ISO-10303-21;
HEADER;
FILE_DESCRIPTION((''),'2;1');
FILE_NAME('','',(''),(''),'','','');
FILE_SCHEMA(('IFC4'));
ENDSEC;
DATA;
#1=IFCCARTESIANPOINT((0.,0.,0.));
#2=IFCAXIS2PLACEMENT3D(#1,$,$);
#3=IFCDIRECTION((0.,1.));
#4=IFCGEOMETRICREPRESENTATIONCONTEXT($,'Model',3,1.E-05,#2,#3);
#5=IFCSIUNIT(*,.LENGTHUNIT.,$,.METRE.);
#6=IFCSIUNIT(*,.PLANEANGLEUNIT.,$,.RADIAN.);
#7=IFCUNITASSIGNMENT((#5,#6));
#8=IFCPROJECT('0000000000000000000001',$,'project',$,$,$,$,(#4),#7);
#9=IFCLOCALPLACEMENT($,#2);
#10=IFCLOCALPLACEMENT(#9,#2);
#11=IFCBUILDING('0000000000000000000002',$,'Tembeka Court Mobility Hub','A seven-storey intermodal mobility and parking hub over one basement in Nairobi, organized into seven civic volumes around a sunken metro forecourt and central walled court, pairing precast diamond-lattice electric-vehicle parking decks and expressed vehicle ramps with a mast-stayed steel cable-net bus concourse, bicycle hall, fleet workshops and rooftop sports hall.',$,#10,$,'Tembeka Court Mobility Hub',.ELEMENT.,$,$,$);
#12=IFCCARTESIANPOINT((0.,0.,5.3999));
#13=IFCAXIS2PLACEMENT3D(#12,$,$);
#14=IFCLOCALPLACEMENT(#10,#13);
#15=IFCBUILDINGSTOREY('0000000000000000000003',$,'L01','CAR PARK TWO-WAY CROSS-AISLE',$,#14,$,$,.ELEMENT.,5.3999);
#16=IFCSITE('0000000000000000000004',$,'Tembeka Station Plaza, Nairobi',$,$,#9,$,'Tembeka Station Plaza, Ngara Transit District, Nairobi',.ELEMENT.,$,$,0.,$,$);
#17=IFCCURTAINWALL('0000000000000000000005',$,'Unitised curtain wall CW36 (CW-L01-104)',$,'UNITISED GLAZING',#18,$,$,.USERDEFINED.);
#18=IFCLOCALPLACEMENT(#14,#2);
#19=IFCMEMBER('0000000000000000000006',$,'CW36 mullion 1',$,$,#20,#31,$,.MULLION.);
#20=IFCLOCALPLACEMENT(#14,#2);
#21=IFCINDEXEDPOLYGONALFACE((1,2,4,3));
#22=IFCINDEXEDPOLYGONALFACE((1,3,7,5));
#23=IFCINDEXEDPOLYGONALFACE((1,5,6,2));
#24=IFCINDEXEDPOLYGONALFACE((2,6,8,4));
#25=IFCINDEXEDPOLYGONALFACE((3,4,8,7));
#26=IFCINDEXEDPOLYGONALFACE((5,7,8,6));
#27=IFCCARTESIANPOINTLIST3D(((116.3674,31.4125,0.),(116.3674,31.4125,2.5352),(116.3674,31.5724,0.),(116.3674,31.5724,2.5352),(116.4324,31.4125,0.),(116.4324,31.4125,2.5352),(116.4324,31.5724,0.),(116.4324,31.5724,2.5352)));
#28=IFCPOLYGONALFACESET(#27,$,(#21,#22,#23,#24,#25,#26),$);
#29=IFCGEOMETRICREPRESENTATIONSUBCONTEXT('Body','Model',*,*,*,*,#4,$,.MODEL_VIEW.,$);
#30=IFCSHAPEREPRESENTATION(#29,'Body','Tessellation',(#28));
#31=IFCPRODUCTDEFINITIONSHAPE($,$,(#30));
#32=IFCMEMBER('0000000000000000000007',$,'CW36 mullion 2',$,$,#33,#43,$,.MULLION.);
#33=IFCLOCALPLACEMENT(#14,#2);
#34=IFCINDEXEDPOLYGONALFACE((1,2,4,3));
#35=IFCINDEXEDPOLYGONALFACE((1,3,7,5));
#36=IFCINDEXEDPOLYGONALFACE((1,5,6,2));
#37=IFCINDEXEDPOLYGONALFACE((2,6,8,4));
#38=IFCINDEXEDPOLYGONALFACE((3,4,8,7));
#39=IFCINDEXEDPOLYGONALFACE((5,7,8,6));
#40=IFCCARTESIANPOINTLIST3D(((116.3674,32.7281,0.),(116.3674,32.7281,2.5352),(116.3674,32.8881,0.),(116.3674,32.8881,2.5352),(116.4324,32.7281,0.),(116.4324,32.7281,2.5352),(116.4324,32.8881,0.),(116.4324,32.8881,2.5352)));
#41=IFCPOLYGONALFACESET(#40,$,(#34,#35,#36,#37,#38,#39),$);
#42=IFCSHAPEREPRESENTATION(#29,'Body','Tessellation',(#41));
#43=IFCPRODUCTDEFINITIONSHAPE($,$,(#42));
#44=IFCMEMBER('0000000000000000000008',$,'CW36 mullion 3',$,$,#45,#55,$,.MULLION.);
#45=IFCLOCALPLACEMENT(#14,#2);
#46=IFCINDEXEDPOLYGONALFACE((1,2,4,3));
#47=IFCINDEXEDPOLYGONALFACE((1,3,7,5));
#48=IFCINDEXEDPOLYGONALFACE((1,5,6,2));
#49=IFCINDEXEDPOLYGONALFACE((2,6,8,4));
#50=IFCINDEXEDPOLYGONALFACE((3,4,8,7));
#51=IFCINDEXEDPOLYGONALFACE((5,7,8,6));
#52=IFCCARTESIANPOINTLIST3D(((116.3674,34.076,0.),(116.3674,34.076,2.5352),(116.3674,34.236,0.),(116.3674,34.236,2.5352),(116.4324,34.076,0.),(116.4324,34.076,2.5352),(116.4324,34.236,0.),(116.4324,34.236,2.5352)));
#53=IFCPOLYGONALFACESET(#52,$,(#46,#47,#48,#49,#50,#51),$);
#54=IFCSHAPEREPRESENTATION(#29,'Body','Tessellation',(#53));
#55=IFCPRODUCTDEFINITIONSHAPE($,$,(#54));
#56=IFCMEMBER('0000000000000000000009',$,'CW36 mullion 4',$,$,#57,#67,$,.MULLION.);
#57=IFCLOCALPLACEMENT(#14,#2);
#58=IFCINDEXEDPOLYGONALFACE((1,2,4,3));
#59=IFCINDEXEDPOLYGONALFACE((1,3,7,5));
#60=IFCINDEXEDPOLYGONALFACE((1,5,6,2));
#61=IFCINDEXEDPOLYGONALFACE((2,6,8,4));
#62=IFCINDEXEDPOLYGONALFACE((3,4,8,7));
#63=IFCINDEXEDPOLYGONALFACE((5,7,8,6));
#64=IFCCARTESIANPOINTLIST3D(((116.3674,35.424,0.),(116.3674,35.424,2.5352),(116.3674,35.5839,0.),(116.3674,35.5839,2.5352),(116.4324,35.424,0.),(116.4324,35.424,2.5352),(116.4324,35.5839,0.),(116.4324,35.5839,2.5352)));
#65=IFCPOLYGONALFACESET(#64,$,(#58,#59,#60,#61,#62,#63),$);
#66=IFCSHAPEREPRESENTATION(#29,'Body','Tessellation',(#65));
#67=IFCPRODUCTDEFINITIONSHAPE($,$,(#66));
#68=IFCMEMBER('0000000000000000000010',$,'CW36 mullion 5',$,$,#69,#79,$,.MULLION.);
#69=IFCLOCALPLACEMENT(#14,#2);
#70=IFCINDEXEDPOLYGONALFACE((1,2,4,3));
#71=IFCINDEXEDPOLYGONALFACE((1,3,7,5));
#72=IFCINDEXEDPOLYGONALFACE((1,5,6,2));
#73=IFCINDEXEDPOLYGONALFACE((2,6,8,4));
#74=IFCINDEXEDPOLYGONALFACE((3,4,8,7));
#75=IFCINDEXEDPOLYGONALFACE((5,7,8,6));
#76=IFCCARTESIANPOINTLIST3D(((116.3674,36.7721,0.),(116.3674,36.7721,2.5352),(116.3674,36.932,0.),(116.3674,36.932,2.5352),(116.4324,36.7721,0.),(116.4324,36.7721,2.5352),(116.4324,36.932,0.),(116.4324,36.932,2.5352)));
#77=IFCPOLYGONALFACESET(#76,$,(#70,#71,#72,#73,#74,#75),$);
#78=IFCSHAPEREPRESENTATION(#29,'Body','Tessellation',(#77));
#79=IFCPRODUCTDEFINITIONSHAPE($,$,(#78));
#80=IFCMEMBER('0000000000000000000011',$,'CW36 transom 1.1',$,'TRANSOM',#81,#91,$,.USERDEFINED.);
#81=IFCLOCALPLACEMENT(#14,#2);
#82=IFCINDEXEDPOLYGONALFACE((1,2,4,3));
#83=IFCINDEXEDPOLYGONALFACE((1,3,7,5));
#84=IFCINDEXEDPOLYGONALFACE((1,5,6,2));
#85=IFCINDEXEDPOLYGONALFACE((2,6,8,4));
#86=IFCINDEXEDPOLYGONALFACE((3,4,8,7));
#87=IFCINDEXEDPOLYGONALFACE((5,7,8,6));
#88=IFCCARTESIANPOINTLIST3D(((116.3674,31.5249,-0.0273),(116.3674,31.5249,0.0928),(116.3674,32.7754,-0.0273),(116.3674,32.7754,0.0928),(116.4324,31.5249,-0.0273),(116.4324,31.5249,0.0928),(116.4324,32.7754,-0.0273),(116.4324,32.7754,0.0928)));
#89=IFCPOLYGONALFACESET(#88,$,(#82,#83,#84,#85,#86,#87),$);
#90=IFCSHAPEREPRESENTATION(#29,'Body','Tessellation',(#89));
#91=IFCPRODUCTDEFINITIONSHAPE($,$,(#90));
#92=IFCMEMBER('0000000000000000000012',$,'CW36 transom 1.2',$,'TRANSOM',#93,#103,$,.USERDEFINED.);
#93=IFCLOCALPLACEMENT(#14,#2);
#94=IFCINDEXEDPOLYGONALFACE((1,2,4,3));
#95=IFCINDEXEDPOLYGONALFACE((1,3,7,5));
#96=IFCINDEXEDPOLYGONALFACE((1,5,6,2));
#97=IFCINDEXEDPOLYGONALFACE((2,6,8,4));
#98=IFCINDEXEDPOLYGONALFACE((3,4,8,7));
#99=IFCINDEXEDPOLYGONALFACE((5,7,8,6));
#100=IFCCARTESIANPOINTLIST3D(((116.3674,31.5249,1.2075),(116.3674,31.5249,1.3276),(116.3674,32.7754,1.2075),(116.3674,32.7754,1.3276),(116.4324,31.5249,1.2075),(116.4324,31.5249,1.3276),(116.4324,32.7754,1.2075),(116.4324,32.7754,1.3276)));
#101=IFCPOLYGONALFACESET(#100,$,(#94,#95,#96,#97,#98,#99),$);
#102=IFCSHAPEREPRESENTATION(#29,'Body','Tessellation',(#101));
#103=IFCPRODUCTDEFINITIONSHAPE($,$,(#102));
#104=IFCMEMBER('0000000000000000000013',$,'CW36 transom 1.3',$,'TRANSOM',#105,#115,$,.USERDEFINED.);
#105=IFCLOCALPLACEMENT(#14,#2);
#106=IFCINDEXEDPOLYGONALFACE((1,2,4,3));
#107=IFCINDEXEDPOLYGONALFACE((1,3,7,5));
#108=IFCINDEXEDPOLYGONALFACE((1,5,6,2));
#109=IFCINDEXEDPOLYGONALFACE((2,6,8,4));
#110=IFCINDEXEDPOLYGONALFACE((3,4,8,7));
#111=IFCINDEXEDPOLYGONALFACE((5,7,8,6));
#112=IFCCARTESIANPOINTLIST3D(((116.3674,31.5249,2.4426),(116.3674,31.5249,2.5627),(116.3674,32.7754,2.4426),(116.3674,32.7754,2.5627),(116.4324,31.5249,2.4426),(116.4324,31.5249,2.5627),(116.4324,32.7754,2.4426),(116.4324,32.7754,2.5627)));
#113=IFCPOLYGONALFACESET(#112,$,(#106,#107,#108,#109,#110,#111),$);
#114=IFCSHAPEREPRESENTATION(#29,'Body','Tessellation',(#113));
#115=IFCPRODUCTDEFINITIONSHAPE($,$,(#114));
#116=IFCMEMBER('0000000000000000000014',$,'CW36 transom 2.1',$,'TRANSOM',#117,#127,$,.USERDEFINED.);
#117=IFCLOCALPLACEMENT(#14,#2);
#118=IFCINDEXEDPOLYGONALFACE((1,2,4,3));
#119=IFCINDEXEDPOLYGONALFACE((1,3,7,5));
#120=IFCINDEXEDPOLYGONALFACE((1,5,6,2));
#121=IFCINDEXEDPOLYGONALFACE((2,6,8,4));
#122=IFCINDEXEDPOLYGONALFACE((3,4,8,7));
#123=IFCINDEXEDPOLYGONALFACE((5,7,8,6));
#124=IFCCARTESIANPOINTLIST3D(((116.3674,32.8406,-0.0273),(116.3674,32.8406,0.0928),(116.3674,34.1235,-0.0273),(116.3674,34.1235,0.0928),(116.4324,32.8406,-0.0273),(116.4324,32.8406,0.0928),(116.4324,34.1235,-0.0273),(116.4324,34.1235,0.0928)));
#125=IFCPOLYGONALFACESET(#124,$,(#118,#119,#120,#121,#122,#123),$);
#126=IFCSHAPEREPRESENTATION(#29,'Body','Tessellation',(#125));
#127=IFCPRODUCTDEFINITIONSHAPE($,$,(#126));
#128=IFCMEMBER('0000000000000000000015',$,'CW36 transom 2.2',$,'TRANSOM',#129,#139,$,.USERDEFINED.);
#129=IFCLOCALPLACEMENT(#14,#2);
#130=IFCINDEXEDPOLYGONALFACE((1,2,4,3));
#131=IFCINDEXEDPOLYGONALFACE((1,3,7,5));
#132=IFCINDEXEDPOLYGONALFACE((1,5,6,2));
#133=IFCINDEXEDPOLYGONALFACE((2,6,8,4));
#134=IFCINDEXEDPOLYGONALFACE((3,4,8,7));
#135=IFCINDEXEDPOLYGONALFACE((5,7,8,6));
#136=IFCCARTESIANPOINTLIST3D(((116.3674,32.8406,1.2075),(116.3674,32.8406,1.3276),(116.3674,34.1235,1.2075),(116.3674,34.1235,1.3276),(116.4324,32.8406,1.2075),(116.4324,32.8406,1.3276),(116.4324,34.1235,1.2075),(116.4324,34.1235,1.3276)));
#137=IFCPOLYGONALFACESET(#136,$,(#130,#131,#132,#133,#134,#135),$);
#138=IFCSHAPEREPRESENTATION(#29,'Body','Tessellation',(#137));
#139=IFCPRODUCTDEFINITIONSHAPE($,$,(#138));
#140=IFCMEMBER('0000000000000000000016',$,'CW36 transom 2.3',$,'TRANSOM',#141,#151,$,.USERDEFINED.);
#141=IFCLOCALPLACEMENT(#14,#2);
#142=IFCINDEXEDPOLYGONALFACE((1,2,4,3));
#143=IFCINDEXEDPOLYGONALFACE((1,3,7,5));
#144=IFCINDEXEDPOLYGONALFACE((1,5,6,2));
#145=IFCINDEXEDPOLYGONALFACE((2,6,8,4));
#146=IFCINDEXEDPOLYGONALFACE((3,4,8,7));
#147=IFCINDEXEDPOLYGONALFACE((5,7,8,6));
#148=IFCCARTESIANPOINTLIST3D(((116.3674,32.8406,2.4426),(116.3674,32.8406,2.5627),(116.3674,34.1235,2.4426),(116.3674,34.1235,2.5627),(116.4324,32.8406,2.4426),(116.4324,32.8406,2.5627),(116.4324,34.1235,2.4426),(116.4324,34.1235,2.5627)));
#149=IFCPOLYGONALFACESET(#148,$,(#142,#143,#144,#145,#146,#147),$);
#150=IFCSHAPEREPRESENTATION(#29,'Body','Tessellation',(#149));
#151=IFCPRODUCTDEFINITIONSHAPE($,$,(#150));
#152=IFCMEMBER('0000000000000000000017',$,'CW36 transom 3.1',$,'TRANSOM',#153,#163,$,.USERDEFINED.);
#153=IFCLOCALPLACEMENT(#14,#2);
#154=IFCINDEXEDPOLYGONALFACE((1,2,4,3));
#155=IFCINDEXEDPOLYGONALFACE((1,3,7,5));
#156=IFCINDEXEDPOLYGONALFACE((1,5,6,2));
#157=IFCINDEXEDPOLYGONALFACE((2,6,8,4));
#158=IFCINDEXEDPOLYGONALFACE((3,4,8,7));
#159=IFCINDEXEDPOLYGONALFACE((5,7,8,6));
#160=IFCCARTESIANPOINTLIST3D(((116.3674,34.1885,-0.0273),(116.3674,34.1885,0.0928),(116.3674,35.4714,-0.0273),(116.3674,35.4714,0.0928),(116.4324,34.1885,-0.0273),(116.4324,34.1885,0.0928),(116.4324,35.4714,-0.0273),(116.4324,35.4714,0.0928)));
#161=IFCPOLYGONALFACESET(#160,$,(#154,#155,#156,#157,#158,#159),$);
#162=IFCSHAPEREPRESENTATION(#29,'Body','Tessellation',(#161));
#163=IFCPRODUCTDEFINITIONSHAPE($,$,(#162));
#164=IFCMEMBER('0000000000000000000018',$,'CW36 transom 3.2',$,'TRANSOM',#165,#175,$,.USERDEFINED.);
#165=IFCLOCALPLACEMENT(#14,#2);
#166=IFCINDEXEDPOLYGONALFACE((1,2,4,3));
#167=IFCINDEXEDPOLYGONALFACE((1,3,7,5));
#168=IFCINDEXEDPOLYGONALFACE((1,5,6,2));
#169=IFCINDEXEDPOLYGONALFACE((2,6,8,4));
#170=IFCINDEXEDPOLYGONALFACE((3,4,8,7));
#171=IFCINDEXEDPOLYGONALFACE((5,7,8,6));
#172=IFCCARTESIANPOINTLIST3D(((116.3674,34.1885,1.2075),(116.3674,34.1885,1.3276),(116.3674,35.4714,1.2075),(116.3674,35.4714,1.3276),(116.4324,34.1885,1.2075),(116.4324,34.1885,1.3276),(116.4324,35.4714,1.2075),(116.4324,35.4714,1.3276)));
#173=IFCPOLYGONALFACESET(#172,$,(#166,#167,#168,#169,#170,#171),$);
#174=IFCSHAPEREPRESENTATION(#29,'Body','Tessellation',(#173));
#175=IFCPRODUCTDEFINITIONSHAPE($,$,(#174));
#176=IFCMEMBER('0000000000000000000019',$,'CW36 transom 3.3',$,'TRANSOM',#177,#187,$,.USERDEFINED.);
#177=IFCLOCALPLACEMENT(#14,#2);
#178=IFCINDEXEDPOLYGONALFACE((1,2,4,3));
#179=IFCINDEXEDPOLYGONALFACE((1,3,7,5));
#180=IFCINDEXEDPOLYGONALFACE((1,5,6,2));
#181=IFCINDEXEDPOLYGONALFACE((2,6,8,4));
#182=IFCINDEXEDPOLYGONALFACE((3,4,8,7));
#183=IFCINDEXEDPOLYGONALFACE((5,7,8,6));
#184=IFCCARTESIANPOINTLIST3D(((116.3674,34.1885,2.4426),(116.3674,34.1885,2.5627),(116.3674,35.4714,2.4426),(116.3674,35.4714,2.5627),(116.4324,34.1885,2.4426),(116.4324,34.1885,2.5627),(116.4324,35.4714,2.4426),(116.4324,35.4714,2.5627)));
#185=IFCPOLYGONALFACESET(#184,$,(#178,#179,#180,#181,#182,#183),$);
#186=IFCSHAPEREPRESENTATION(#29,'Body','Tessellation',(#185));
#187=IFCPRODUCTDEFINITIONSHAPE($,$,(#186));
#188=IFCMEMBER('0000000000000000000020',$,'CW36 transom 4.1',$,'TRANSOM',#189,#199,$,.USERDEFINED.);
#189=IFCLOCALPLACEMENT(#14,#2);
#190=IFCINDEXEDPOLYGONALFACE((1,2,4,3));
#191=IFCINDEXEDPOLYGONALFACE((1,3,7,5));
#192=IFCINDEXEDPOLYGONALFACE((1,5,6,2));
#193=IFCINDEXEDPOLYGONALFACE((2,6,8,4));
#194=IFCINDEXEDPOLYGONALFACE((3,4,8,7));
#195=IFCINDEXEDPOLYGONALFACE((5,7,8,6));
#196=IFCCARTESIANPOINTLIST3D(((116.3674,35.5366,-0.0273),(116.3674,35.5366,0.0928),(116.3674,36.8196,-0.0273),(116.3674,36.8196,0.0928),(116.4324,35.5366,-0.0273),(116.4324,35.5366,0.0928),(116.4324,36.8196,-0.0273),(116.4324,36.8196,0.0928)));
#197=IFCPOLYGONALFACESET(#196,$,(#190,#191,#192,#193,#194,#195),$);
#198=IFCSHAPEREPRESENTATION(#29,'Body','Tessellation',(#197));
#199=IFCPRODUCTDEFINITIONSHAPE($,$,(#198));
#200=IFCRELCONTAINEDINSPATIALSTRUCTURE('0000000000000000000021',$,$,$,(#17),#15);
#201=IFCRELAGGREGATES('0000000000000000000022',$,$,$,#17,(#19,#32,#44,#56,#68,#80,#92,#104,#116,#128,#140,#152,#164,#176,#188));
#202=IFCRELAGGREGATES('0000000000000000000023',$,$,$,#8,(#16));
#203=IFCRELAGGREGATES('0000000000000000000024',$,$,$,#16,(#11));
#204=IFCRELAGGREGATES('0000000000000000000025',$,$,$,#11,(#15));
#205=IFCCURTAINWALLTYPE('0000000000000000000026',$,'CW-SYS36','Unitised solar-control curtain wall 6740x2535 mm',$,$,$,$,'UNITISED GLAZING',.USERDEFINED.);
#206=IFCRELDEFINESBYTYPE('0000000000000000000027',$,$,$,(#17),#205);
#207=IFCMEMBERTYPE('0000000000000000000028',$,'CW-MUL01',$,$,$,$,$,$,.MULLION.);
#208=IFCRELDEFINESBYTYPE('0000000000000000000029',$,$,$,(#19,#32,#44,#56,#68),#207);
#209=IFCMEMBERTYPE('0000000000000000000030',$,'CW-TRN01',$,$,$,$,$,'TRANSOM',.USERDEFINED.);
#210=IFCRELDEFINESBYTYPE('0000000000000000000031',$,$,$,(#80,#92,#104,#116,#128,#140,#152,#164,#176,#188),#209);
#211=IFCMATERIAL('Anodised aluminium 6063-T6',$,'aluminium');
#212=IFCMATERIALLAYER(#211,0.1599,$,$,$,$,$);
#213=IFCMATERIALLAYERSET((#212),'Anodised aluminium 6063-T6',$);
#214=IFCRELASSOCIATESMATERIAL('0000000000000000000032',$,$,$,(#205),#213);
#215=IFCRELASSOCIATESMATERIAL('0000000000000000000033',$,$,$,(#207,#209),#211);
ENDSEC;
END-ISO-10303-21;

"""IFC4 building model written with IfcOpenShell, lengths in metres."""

from ifc_helpers import new_model, si_unit, direction, frame, origin, origin_2d, place, context, subcontext, project, spatial, rectangle, extrude, material, layer, layer_set, material_profile, profile_set, type_object, element, aggregate, save


model = new_model("IFC4")

# Units and contexts
model_context = context("Model", 3, precision=1e-05, world=origin(), true_north=direction((0.0, 1.0)))
body_context = subcontext(model_context, "Body", "Model", "MODEL_VIEW")
ifc_project = project(units=[si_unit("LENGTHUNIT", "METRE"), si_unit("PLANEANGLEUNIT", "RADIAN")], contexts=[model_context])

# Site, building, storey
site_placement = place(None, origin())
site = spatial("IfcSite", under=ifc_project, at=site_placement, Name="Tembeka Station Plaza, Nairobi", LongName="Tembeka Station Plaza, Ngara Transit District, Nairobi", CompositionType="ELEMENT", RefElevation=0.0)
building_placement = place(site_placement, origin())
building = spatial("IfcBuilding", under=site, at=building_placement, Name="Tembeka Court Mobility Hub", Description="A seven-storey intermodal mobility and parking hub over one basement in Nairobi, organized into seven civic volumes around a sunken metro forecourt and central walled court, pairing precast diamond-lattice electric-vehicle parking decks and expressed vehicle ramps with a mast-stayed steel cable-net bus concourse, bicycle hall, fleet workshops and rooftop sports hall.", LongName="Tembeka Court Mobility Hub", CompositionType="ELEMENT")
storey_placement = place(building_placement, frame((0.0, 0.0, 5.3999)))
storey = spatial("IfcBuildingStorey", under=building, at=storey_placement, Name="L01", Description="CAR PARK TWO-WAY CROSS-AISLE", CompositionType="ELEMENT", Elevation=5.3999)

# Curtain wall, members
ifc_material_1 = material(Name="Anodised aluminium 6063-T6", Category="aluminium")
ifc_layer_1 = layer(ifc_material_1, 0.1599)
ifc_layer_set_1 = layer_set([ifc_layer_1], Name="Anodised aluminium 6063-T6")
curtain_wall_type = type_object("IfcCurtainWallType", Name="CW-SYS36", Description="Unitised solar-control curtain wall 6740x2535 mm", ElementType="UNITISED GLAZING", PredefinedType="USERDEFINED", material=ifc_layer_set_1)
curtain_wall_placement = place(storey_placement, origin())
curtain_wall = element("IfcCurtainWall", 1, at=curtain_wall_placement, inside=storey, type_object=curtain_wall_type, Name="Unitised curtain wall CW36 (CW-L01-104)", ObjectType="UNITISED GLAZING", PredefinedType="USERDEFINED")
ifc_material_profile_1 = material_profile(ifc_material_1, rectangle(XDim=0.0649, YDim=0.1599, at=origin_2d()), Name="ALU-MUL 65x160")
ifc_profile_set_1 = profile_set([ifc_material_profile_1], Name="Anodised aluminium 6063-T6")
member_type_1 = type_object("IfcMemberType", Name="CW-MUL01", PredefinedType="MULLION", material=ifc_profile_set_1)
member_1_placement = place(storey_placement, frame((116.3999, 31.4924, 0.0), z_axis=(0.0, 0.0, 1.0), x_axis=(-1.0, 0.0, 0.0)))
member_1 = element("IfcMember", 2, at=member_1_placement, type_object=member_type_1, Name="CW36 mullion 1", PredefinedType="MULLION", context=body_context, shape_type="SweptSolid", body=[
    extrude(rectangle(XDim=0.0649, YDim=0.1599, at=origin_2d()), origin(), (0.0, 0.0, 1.0), 2.5352),
])
member_2_placement = place(storey_placement, frame((116.3999, 32.8081, 0.0), z_axis=(0.0, 0.0, 1.0), x_axis=(-1.0, 0.0, 0.0)))
member_2 = element("IfcMember", 3, at=member_2_placement, type_object=member_type_1, Name="CW36 mullion 2", PredefinedType="MULLION", context=body_context, shape_type="SweptSolid", body=[
    extrude(rectangle(XDim=0.0649, YDim=0.1599, at=origin_2d()), origin(), (0.0, 0.0, 1.0), 2.5352),
])
member_3_placement = place(storey_placement, frame((116.3999, 34.156, 0.0), z_axis=(0.0, 0.0, 1.0), x_axis=(-1.0, 0.0, 0.0)))
member_3 = element("IfcMember", 4, at=member_3_placement, type_object=member_type_1, Name="CW36 mullion 3", PredefinedType="MULLION", context=body_context, shape_type="SweptSolid", body=[
    extrude(rectangle(XDim=0.0649, YDim=0.1599, at=origin_2d()), origin(), (0.0, 0.0, 1.0), 2.5352),
])
member_4_placement = place(storey_placement, frame((116.3999, 35.5039, 0.0), z_axis=(0.0, 0.0, 1.0), x_axis=(-1.0, 0.0, 0.0)))
member_4 = element("IfcMember", 5, at=member_4_placement, type_object=member_type_1, Name="CW36 mullion 4", PredefinedType="MULLION", context=body_context, shape_type="SweptSolid", body=[
    extrude(rectangle(XDim=0.0649, YDim=0.1599, at=origin_2d()), origin(), (0.0, 0.0, 1.0), 2.5352),
])
member_5_placement = place(storey_placement, frame((116.3999, 36.8521, 0.0), z_axis=(0.0, 0.0, 1.0), x_axis=(-1.0, 0.0, 0.0)))
member_5 = element("IfcMember", 6, at=member_5_placement, type_object=member_type_1, Name="CW36 mullion 5", PredefinedType="MULLION", context=body_context, shape_type="SweptSolid", body=[
    extrude(rectangle(XDim=0.0649, YDim=0.1599, at=origin_2d()), origin(), (0.0, 0.0, 1.0), 2.5352),
])
ifc_material_profile_2 = material_profile(ifc_material_1, rectangle(XDim=0.0649, YDim=0.1201, at=origin_2d()), Name="ALU-TRN 65x120")
ifc_profile_set_2 = profile_set([ifc_material_profile_2], Name="Anodised aluminium 6063-T6")
member_type_2 = type_object("IfcMemberType", Name="CW-TRN01", ElementType="TRANSOM", PredefinedType="USERDEFINED", material=ifc_profile_set_2)
member_6_placement = place(storey_placement, frame((116.3999, 31.5249, 0.0327), z_axis=(0.0, 1.0, 0.0), x_axis=(-1.0, 0.0, 0.0)))
member_6 = element("IfcMember", 7, at=member_6_placement, type_object=member_type_2, Name="CW36 transom 1.1", ObjectType="TRANSOM", PredefinedType="USERDEFINED", context=body_context, shape_type="SweptSolid", body=[
    extrude(rectangle(XDim=0.0649, YDim=0.1201, at=origin_2d()), origin(), (0.0, 0.0, 1.0), 1.2505),
])
member_7_placement = place(storey_placement, frame((116.3999, 31.5249, 1.2676), z_axis=(0.0, 1.0, 0.0), x_axis=(-1.0, 0.0, 0.0)))
member_7 = element("IfcMember", 8, at=member_7_placement, type_object=member_type_2, Name="CW36 transom 1.2", ObjectType="TRANSOM", PredefinedType="USERDEFINED", context=body_context, shape_type="SweptSolid", body=[
    extrude(rectangle(XDim=0.0649, YDim=0.1201, at=origin_2d()), origin(), (0.0, 0.0, 1.0), 1.2505),
])
member_8_placement = place(storey_placement, frame((116.3999, 31.5249, 2.5027), z_axis=(0.0, 1.0, 0.0), x_axis=(-1.0, 0.0, 0.0)))
member_8 = element("IfcMember", 9, at=member_8_placement, type_object=member_type_2, Name="CW36 transom 1.3", ObjectType="TRANSOM", PredefinedType="USERDEFINED", context=body_context, shape_type="SweptSolid", body=[
    extrude(rectangle(XDim=0.0649, YDim=0.1201, at=origin_2d()), origin(), (0.0, 0.0, 1.0), 1.2505),
])
member_9_placement = place(storey_placement, frame((116.3999, 32.8406, 0.0327), z_axis=(0.0, 1.0, 0.0), x_axis=(-1.0, 0.0, 0.0)))
member_9 = element("IfcMember", 10, at=member_9_placement, type_object=member_type_2, Name="CW36 transom 2.1", ObjectType="TRANSOM", PredefinedType="USERDEFINED", context=body_context, shape_type="SweptSolid", body=[
    extrude(rectangle(XDim=0.0649, YDim=0.1201, at=origin_2d()), origin(), (0.0, 0.0, 1.0), 1.283),
])
member_10_placement = place(storey_placement, frame((116.3999, 32.8406, 1.2676), z_axis=(0.0, 1.0, 0.0), x_axis=(-1.0, 0.0, 0.0)))
member_10 = element("IfcMember", 11, at=member_10_placement, type_object=member_type_2, Name="CW36 transom 2.2", ObjectType="TRANSOM", PredefinedType="USERDEFINED", context=body_context, shape_type="SweptSolid", body=[
    extrude(rectangle(XDim=0.0649, YDim=0.1201, at=origin_2d()), origin(), (0.0, 0.0, 1.0), 1.283),
])
member_11_placement = place(storey_placement, frame((116.3999, 32.8406, 2.5027), z_axis=(0.0, 1.0, 0.0), x_axis=(-1.0, 0.0, 0.0)))
member_11 = element("IfcMember", 12, at=member_11_placement, type_object=member_type_2, Name="CW36 transom 2.3", ObjectType="TRANSOM", PredefinedType="USERDEFINED", context=body_context, shape_type="SweptSolid", body=[
    extrude(rectangle(XDim=0.0649, YDim=0.1201, at=origin_2d()), origin(), (0.0, 0.0, 1.0), 1.283),
])
member_12_placement = place(storey_placement, frame((116.3999, 34.1885, 0.0327), z_axis=(0.0, 1.0, 0.0), x_axis=(-1.0, 0.0, 0.0)))
member_12 = element("IfcMember", 13, at=member_12_placement, type_object=member_type_2, Name="CW36 transom 3.1", ObjectType="TRANSOM", PredefinedType="USERDEFINED", context=body_context, shape_type="SweptSolid", body=[
    extrude(rectangle(XDim=0.0649, YDim=0.1201, at=origin_2d()), origin(), (0.0, 0.0, 1.0), 1.283),
])
member_13_placement = place(storey_placement, frame((116.3999, 34.1885, 1.2676), z_axis=(0.0, 1.0, 0.0), x_axis=(-1.0, 0.0, 0.0)))
member_13 = element("IfcMember", 14, at=member_13_placement, type_object=member_type_2, Name="CW36 transom 3.2", ObjectType="TRANSOM", PredefinedType="USERDEFINED", context=body_context, shape_type="SweptSolid", body=[
    extrude(rectangle(XDim=0.0649, YDim=0.1201, at=origin_2d()), origin(), (0.0, 0.0, 1.0), 1.283),
])
member_14_placement = place(storey_placement, frame((116.3999, 34.1885, 2.5027), z_axis=(0.0, 1.0, 0.0), x_axis=(-1.0, 0.0, 0.0)))
member_14 = element("IfcMember", 15, at=member_14_placement, type_object=member_type_2, Name="CW36 transom 3.3", ObjectType="TRANSOM", PredefinedType="USERDEFINED", context=body_context, shape_type="SweptSolid", body=[
    extrude(rectangle(XDim=0.0649, YDim=0.1201, at=origin_2d()), origin(), (0.0, 0.0, 1.0), 1.283),
])
member_15_placement = place(storey_placement, frame((116.3999, 35.5366, 0.0327), z_axis=(0.0, 1.0, 0.0), x_axis=(-1.0, 0.0, 0.0)))
member_15 = element("IfcMember", 16, at=member_15_placement, type_object=member_type_2, Name="CW36 transom 4.1", ObjectType="TRANSOM", PredefinedType="USERDEFINED", context=body_context, shape_type="SweptSolid", body=[
    extrude(rectangle(XDim=0.0649, YDim=0.1201, at=origin_2d()), origin(), (0.0, 0.0, 1.0), 1.283),
])
aggregate(curtain_wall, [member_1, member_2, member_3, member_4, member_5, member_6, member_7, member_8, member_9, member_10, member_11, member_12, member_13, member_14, member_15])

save(model, "model.ifc")
